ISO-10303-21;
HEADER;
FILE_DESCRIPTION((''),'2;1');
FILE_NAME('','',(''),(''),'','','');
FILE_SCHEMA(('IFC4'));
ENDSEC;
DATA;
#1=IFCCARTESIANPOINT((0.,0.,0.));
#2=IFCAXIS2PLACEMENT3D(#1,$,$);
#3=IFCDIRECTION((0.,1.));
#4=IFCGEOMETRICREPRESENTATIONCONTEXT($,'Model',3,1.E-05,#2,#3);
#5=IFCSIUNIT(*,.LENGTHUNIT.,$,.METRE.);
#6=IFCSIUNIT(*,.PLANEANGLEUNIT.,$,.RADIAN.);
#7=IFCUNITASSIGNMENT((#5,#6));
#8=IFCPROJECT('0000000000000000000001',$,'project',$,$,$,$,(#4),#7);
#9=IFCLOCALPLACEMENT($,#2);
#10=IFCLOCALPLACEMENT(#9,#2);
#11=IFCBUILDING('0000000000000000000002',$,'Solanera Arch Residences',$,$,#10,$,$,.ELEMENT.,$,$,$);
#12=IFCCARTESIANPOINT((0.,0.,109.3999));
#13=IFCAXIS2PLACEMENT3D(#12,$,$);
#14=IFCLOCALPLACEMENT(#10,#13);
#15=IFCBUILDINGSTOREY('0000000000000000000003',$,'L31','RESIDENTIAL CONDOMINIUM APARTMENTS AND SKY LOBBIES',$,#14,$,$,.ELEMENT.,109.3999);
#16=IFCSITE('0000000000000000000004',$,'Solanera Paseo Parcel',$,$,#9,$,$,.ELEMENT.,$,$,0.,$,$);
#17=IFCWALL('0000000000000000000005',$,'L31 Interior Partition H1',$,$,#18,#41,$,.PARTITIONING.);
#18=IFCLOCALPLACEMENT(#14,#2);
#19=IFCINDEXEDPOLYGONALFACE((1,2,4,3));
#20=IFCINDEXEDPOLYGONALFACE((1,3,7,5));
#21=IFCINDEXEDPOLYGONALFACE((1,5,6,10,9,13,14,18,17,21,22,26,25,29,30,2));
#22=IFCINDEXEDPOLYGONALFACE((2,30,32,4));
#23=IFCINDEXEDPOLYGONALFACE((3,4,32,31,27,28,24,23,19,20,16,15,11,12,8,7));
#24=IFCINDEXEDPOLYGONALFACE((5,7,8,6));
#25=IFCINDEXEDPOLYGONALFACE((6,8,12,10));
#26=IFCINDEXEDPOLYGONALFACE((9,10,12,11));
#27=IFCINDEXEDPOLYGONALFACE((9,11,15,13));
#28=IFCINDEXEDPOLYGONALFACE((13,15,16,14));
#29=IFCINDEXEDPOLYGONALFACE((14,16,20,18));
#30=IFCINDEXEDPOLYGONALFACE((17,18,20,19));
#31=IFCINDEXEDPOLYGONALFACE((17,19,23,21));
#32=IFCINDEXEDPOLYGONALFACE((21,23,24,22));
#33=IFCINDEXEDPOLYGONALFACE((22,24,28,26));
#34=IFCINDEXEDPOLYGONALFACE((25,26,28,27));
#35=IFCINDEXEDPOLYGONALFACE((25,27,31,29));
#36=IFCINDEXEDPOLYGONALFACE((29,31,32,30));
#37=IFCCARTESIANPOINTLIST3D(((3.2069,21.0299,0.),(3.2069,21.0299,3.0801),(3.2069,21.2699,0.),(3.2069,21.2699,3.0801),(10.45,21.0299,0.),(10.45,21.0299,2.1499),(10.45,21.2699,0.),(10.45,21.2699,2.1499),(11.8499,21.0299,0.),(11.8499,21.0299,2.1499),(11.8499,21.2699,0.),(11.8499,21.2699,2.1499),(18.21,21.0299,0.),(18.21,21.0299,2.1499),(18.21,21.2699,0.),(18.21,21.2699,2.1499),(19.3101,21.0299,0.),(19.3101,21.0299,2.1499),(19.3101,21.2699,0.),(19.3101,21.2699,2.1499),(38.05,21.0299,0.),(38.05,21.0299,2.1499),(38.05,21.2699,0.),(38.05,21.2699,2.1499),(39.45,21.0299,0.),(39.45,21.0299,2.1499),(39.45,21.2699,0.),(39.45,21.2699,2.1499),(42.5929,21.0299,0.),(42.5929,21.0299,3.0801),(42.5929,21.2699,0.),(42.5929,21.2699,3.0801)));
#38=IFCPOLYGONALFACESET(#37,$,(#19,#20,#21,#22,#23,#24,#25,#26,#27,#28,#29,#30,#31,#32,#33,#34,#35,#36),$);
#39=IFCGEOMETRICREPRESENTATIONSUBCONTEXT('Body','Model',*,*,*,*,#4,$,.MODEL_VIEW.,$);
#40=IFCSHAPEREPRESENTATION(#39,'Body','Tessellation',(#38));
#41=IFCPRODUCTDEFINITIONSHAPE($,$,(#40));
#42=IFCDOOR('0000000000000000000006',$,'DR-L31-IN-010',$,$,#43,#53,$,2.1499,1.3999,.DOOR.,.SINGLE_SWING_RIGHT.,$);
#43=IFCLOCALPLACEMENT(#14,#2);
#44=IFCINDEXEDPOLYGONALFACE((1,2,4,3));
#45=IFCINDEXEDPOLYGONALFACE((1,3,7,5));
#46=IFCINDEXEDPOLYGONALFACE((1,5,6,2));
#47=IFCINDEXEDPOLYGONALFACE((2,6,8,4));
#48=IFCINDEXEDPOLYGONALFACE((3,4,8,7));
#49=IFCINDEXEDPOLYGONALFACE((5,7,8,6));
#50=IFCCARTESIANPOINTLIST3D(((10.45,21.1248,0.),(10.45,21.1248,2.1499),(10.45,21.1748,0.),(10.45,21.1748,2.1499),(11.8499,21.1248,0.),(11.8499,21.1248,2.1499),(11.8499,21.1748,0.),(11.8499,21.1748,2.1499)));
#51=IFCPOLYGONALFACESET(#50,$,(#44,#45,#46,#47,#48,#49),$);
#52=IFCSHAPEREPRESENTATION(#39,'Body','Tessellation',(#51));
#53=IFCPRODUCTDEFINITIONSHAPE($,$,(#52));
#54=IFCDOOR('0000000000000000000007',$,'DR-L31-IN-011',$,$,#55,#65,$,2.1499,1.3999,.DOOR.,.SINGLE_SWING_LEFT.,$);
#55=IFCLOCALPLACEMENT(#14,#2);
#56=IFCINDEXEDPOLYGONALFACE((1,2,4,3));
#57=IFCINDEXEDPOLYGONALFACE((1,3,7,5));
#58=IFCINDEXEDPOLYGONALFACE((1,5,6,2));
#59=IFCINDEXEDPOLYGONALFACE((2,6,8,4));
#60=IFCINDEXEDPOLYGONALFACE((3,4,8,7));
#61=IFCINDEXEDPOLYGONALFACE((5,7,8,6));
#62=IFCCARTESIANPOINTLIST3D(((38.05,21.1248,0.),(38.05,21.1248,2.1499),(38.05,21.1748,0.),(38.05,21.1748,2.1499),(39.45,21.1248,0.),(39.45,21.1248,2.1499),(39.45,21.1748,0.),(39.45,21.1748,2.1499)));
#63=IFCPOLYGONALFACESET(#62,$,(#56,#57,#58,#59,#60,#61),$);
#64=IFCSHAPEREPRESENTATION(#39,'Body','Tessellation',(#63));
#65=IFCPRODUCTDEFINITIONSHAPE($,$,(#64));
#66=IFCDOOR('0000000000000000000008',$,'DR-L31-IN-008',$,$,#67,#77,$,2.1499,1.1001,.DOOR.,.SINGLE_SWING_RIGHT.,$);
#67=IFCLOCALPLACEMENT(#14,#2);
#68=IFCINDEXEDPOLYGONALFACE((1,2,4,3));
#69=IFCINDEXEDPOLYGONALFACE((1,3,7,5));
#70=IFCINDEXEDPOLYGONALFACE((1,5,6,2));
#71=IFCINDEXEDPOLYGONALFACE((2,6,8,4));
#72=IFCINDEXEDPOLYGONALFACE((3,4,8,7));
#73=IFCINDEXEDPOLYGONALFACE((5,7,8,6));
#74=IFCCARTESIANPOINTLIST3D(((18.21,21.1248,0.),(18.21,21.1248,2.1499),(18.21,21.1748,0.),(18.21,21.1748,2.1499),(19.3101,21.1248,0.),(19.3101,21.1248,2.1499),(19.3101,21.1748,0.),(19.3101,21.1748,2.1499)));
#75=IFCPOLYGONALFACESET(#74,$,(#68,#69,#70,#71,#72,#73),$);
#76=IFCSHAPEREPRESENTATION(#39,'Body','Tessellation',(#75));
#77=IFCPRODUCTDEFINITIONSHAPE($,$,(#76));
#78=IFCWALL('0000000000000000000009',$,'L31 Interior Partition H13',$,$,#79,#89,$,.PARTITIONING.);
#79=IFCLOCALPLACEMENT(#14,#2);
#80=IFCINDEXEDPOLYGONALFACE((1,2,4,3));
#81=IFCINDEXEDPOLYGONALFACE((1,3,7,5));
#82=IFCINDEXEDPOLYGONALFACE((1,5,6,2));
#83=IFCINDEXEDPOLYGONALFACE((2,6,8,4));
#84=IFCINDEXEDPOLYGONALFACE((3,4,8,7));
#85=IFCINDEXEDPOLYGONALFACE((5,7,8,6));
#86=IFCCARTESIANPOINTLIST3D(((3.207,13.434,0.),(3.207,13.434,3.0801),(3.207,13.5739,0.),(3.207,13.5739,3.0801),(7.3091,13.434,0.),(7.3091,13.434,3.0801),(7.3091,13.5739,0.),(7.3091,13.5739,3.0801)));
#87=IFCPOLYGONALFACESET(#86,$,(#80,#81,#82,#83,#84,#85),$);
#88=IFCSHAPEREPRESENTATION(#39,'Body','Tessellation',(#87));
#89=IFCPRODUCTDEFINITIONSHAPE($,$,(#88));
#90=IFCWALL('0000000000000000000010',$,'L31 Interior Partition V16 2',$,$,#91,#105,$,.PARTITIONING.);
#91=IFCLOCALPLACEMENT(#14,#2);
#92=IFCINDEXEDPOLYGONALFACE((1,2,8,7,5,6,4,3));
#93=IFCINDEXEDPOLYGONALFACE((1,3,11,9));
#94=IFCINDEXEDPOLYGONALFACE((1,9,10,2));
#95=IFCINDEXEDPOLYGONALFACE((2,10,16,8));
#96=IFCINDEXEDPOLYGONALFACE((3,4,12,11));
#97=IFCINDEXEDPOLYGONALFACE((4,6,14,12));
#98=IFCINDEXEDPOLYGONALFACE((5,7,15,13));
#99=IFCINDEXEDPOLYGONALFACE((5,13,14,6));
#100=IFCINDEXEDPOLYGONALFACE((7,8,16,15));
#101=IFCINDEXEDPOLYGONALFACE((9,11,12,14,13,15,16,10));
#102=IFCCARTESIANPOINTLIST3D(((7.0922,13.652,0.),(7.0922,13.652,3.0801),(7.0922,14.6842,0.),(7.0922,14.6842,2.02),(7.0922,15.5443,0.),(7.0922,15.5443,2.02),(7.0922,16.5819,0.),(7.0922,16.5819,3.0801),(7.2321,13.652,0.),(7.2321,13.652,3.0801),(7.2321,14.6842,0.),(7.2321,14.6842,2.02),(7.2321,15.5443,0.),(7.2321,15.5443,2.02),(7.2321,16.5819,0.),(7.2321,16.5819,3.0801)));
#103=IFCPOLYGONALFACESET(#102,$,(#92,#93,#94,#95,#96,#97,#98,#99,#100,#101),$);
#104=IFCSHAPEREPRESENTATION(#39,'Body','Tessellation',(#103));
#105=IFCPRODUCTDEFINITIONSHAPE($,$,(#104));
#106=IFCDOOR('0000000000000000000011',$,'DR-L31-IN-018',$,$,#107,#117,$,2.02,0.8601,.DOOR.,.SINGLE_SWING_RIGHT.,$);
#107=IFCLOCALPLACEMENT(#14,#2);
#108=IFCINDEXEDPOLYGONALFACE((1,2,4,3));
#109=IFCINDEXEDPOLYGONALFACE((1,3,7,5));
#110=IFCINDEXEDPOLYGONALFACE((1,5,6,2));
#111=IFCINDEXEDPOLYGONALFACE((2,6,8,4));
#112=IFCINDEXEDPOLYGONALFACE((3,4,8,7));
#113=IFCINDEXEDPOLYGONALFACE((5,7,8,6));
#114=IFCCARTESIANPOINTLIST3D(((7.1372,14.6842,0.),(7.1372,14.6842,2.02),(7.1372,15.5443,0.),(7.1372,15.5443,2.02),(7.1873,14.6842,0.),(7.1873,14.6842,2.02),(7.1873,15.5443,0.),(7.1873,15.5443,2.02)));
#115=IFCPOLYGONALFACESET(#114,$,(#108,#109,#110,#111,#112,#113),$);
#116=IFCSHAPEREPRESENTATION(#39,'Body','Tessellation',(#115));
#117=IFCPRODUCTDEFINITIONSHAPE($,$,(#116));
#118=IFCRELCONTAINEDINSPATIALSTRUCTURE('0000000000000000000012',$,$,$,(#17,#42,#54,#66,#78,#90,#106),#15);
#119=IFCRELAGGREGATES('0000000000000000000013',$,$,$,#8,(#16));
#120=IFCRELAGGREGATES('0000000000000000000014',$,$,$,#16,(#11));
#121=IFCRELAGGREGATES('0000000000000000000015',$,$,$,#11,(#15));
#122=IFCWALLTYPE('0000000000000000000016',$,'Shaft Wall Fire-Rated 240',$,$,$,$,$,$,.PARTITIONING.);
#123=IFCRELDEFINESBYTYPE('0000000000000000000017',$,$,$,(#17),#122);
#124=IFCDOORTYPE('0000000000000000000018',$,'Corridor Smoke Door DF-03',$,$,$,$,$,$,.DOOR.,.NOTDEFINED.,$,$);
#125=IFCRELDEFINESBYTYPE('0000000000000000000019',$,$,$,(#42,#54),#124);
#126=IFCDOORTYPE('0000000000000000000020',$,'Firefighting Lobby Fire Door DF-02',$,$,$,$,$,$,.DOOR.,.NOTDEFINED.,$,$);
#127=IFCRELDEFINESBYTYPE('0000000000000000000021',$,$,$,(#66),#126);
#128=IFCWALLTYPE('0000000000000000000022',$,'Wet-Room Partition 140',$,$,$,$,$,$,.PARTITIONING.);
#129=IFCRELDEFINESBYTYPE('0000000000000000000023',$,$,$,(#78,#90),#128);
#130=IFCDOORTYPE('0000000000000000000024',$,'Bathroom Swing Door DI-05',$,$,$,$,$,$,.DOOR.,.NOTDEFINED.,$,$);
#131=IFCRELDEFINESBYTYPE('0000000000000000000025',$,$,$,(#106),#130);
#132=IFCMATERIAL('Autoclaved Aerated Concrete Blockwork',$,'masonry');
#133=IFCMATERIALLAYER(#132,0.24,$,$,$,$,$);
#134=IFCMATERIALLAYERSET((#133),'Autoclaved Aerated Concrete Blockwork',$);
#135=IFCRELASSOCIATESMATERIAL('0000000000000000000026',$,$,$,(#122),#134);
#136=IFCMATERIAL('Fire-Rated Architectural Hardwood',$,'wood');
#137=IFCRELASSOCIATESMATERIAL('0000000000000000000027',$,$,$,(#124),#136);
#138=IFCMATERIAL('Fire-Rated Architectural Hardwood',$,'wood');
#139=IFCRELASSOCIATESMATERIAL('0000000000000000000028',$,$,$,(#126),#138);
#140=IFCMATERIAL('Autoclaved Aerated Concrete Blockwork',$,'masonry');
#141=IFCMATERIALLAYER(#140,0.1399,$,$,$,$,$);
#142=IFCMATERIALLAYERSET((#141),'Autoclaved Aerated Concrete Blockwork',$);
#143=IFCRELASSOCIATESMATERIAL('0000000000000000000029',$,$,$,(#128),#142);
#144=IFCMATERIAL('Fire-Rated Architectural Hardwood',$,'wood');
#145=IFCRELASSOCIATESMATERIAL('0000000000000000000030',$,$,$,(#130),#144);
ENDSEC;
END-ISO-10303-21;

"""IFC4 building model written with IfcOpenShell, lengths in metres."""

from ifc_helpers import new_model, si_unit, direction, frame, frame_2d, origin, place, context, subcontext, project, spatial, rectangle, extrude, material, layer, layer_set, type_object, element, fill, save


model = new_model("IFC4")

# Units and contexts
model_context = context("Model", 3, precision=1e-05, world=origin(), true_north=direction((0.0, 1.0)))
body_context = subcontext(model_context, "Body", "Model", "MODEL_VIEW")
ifc_project = project(units=[si_unit("LENGTHUNIT", "METRE"), si_unit("PLANEANGLEUNIT", "RADIAN")], contexts=[model_context])

# Site, building, storey
site_placement = place(None, origin())
site = spatial("IfcSite", under=ifc_project, at=site_placement, Name="Solanera Paseo Parcel", CompositionType="ELEMENT", RefElevation=0.0)
building_placement = place(site_placement, origin())
building = spatial("IfcBuilding", under=site, at=building_placement, Name="Solanera Arch Residences", CompositionType="ELEMENT")
storey_placement = place(building_placement, frame((0.0, 0.0, 109.3999)))
storey = spatial("IfcBuildingStorey", under=building, at=storey_placement, Name="L31", Description="RESIDENTIAL CONDOMINIUM APARTMENTS AND SKY LOBBIES", CompositionType="ELEMENT", Elevation=109.3999)

# Wall, openings, doors
ifc_material_1 = material(Name="Autoclaved Aerated Concrete Blockwork", Category="masonry")
ifc_layer_1 = layer(ifc_material_1, 0.24)
ifc_layer_set_1 = layer_set([ifc_layer_1], Name="Autoclaved Aerated Concrete Blockwork")
wall_type_1 = type_object("IfcWallType", Name="Shaft Wall Fire-Rated 240", PredefinedType="PARTITIONING", material=ifc_layer_set_1)
wall_1_placement = place(storey_placement, frame((3.207, 21.1499, 0.0), z_axis=(0.0, 0.0, 1.0), x_axis=(1.0, 0.0, 0.0)))
wall_1 = element("IfcWall", 1, at=wall_1_placement, inside=storey, type_object=wall_type_1, Name="L31 Interior Partition H1", PredefinedType="PARTITIONING", context=body_context, shape_type="SweptSolid", body=[
    extrude(rectangle(XDim=39.386, YDim=0.24, at=frame_2d((19.6929, 0.0))), origin(), (0.0, 0.0, 1.0), 3.0801),
])
opening_1_placement = place(wall_1_placement, frame((15.0029, 0.0, 0.0)))
opening_1 = element("IfcOpeningElement", 2, at=opening_1_placement, cuts=wall_1, PredefinedType="OPENING", context=body_context, shape_type="SweptSolid", body=[
    extrude(rectangle(XDim=1.1001, YDim=2.1499, at=frame_2d((0.55, 1.075))), frame((0.0, 0.1299, 0.0), z_axis=(0.0, -1.0, 0.0), x_axis=(1.0, 0.0, 0.0)), (0.0, 0.0, 1.0), 0.26),
])
opening_2_placement = place(wall_1_placement, frame((7.2429, 0.0, 0.0)))
opening_2 = element("IfcOpeningElement", 3, at=opening_2_placement, cuts=wall_1, PredefinedType="OPENING", context=body_context, shape_type="SweptSolid", body=[
    extrude(rectangle(XDim=1.3999, YDim=2.1499, at=frame_2d((0.7, 1.075))), frame((0.0, 0.1299, 0.0), z_axis=(0.0, -1.0, 0.0), x_axis=(1.0, 0.0, 0.0)), (0.0, 0.0, 1.0), 0.26),
])
opening_3_placement = place(wall_1_placement, frame((34.843, 0.0, 0.0)))
opening_3 = element("IfcOpeningElement", 4, at=opening_3_placement, cuts=wall_1, PredefinedType="OPENING", context=body_context, shape_type="SweptSolid", body=[
    extrude(rectangle(XDim=1.3999, YDim=2.1499, at=frame_2d((0.7, 1.075))), frame((0.0, 0.1299, 0.0), z_axis=(0.0, -1.0, 0.0), x_axis=(1.0, 0.0, 0.0)), (0.0, 0.0, 1.0), 0.26),
])
ifc_material_2 = material(Name="Fire-Rated Architectural Hardwood", Category="wood")
door_type_1 = type_object("IfcDoorType", Name="Corridor Smoke Door DF-03", OperationType="NOTDEFINED", PredefinedType="DOOR", material=ifc_material_2)
door_1_placement = place(opening_2_placement, origin())
door_1 = element("IfcDoor", 5, at=door_1_placement, inside=storey, type_object=door_type_1, Name="DR-L31-IN-010", OperationType="SINGLE_SWING_RIGHT", OverallHeight=2.1499, OverallWidth=1.3999, PredefinedType="DOOR", context=body_context, shape_type="SweptSolid", body=[
    extrude(rectangle(XDim=1.3999, YDim=2.1499, at=frame_2d((0.7, 1.075))), frame((0.0, 0.0249, 0.0), z_axis=(0.0, -1.0, 0.0), x_axis=(1.0, 0.0, 0.0)), (0.0, 0.0, 1.0), 0.05),
])
fill(opening_2, door_1)
door_2_placement = place(opening_3_placement, origin())
door_2 = element("IfcDoor", 6, at=door_2_placement, inside=storey, type_object=door_type_1, Name="DR-L31-IN-011", OperationType="SINGLE_SWING_LEFT", OverallHeight=2.1499, OverallWidth=1.3999, PredefinedType="DOOR", context=body_context, shape_type="SweptSolid", body=[
    extrude(rectangle(XDim=1.3999, YDim=2.1499, at=frame_2d((0.7, 1.075))), frame((0.0, 0.0249, 0.0), z_axis=(0.0, -1.0, 0.0), x_axis=(1.0, 0.0, 0.0)), (0.0, 0.0, 1.0), 0.05),
])
fill(opening_3, door_2)
ifc_material_3 = material(Name="Fire-Rated Architectural Hardwood", Category="wood")
door_type_2 = type_object("IfcDoorType", Name="Firefighting Lobby Fire Door DF-02", OperationType="NOTDEFINED", PredefinedType="DOOR", material=ifc_material_3)
door_3_placement = place(opening_1_placement, origin())
door_3 = element("IfcDoor", 7, at=door_3_placement, inside=storey, type_object=door_type_2, Name="DR-L31-IN-008", OperationType="SINGLE_SWING_RIGHT", OverallHeight=2.1499, OverallWidth=1.1001, PredefinedType="DOOR", context=body_context, shape_type="SweptSolid", body=[
    extrude(rectangle(XDim=1.1001, YDim=2.1499, at=frame_2d((0.55, 1.075))), frame((0.0, 0.0249, 0.0), z_axis=(0.0, -1.0, 0.0), x_axis=(1.0, 0.0, 0.0)), (0.0, 0.0, 1.0), 0.05),
])
fill(opening_1, door_3)

# Wall
ifc_material_4 = material(Name="Autoclaved Aerated Concrete Blockwork", Category="masonry")
ifc_layer_2 = layer(ifc_material_4, 0.1399)
ifc_layer_set_2 = layer_set([ifc_layer_2], Name="Autoclaved Aerated Concrete Blockwork")
wall_type_2 = type_object("IfcWallType", Name="Wet-Room Partition 140", PredefinedType="PARTITIONING", material=ifc_layer_set_2)
wall_2_placement = place(storey_placement, frame((3.207, 13.5039, 0.0), z_axis=(0.0, 0.0, 1.0), x_axis=(1.0, 0.0, 0.0)))
element("IfcWall", 8, at=wall_2_placement, inside=storey, type_object=wall_type_2, Name="L31 Interior Partition H13", PredefinedType="PARTITIONING", context=body_context, shape_type="SweptSolid", body=[
    extrude(rectangle(XDim=4.1021, YDim=0.1399, at=frame_2d((2.051, 0.0))), origin(), (0.0, 0.0, 1.0), 3.0801),
])

# Wall, opening, door
wall_3_placement = place(storey_placement, frame((7.1621, 13.6521, 0.0), z_axis=(0.0, 0.0, 1.0), x_axis=(0.0, 1.0, 0.0)))
wall_3 = element("IfcWall", 9, at=wall_3_placement, inside=storey, type_object=wall_type_2, Name="L31 Interior Partition V16 2", PredefinedType="PARTITIONING", context=body_context, shape_type="SweptSolid", body=[
    extrude(rectangle(XDim=2.9299, YDim=0.1399, at=frame_2d((1.4648, 0.0))), origin(), (0.0, 0.0, 1.0), 3.0801),
])
opening_4_placement = place(wall_3_placement, frame((1.032, 0.0, 0.0)))
opening_4 = element("IfcOpeningElement", 10, at=opening_4_placement, cuts=wall_3, PredefinedType="OPENING", context=body_context, shape_type="SweptSolid", body=[
    extrude(rectangle(XDim=0.8601, YDim=2.02, at=frame_2d((0.4302, 1.01))), frame((0.0, 0.0798, 0.0), z_axis=(0.0, -1.0, 0.0), x_axis=(1.0, 0.0, 0.0)), (0.0, 0.0, 1.0), 0.1599),
])
ifc_material_5 = material(Name="Fire-Rated Architectural Hardwood", Category="wood")
door_type_3 = type_object("IfcDoorType", Name="Bathroom Swing Door DI-05", OperationType="NOTDEFINED", PredefinedType="DOOR", material=ifc_material_5)
door_4_placement = place(opening_4_placement, origin())
door_4 = element("IfcDoor", 11, at=door_4_placement, inside=storey, type_object=door_type_3, Name="DR-L31-IN-018", OperationType="SINGLE_SWING_RIGHT", OverallHeight=2.02, OverallWidth=0.8601, PredefinedType="DOOR", context=body_context, shape_type="SweptSolid", body=[
    extrude(rectangle(XDim=0.8601, YDim=2.02, at=frame_2d((0.4302, 1.01))), frame((0.0, 0.0249, 0.0), z_axis=(0.0, -1.0, 0.0), x_axis=(1.0, 0.0, 0.0)), (0.0, 0.0, 1.0), 0.05),
])
fill(opening_4, door_4)

save(model, "model.ifc")
